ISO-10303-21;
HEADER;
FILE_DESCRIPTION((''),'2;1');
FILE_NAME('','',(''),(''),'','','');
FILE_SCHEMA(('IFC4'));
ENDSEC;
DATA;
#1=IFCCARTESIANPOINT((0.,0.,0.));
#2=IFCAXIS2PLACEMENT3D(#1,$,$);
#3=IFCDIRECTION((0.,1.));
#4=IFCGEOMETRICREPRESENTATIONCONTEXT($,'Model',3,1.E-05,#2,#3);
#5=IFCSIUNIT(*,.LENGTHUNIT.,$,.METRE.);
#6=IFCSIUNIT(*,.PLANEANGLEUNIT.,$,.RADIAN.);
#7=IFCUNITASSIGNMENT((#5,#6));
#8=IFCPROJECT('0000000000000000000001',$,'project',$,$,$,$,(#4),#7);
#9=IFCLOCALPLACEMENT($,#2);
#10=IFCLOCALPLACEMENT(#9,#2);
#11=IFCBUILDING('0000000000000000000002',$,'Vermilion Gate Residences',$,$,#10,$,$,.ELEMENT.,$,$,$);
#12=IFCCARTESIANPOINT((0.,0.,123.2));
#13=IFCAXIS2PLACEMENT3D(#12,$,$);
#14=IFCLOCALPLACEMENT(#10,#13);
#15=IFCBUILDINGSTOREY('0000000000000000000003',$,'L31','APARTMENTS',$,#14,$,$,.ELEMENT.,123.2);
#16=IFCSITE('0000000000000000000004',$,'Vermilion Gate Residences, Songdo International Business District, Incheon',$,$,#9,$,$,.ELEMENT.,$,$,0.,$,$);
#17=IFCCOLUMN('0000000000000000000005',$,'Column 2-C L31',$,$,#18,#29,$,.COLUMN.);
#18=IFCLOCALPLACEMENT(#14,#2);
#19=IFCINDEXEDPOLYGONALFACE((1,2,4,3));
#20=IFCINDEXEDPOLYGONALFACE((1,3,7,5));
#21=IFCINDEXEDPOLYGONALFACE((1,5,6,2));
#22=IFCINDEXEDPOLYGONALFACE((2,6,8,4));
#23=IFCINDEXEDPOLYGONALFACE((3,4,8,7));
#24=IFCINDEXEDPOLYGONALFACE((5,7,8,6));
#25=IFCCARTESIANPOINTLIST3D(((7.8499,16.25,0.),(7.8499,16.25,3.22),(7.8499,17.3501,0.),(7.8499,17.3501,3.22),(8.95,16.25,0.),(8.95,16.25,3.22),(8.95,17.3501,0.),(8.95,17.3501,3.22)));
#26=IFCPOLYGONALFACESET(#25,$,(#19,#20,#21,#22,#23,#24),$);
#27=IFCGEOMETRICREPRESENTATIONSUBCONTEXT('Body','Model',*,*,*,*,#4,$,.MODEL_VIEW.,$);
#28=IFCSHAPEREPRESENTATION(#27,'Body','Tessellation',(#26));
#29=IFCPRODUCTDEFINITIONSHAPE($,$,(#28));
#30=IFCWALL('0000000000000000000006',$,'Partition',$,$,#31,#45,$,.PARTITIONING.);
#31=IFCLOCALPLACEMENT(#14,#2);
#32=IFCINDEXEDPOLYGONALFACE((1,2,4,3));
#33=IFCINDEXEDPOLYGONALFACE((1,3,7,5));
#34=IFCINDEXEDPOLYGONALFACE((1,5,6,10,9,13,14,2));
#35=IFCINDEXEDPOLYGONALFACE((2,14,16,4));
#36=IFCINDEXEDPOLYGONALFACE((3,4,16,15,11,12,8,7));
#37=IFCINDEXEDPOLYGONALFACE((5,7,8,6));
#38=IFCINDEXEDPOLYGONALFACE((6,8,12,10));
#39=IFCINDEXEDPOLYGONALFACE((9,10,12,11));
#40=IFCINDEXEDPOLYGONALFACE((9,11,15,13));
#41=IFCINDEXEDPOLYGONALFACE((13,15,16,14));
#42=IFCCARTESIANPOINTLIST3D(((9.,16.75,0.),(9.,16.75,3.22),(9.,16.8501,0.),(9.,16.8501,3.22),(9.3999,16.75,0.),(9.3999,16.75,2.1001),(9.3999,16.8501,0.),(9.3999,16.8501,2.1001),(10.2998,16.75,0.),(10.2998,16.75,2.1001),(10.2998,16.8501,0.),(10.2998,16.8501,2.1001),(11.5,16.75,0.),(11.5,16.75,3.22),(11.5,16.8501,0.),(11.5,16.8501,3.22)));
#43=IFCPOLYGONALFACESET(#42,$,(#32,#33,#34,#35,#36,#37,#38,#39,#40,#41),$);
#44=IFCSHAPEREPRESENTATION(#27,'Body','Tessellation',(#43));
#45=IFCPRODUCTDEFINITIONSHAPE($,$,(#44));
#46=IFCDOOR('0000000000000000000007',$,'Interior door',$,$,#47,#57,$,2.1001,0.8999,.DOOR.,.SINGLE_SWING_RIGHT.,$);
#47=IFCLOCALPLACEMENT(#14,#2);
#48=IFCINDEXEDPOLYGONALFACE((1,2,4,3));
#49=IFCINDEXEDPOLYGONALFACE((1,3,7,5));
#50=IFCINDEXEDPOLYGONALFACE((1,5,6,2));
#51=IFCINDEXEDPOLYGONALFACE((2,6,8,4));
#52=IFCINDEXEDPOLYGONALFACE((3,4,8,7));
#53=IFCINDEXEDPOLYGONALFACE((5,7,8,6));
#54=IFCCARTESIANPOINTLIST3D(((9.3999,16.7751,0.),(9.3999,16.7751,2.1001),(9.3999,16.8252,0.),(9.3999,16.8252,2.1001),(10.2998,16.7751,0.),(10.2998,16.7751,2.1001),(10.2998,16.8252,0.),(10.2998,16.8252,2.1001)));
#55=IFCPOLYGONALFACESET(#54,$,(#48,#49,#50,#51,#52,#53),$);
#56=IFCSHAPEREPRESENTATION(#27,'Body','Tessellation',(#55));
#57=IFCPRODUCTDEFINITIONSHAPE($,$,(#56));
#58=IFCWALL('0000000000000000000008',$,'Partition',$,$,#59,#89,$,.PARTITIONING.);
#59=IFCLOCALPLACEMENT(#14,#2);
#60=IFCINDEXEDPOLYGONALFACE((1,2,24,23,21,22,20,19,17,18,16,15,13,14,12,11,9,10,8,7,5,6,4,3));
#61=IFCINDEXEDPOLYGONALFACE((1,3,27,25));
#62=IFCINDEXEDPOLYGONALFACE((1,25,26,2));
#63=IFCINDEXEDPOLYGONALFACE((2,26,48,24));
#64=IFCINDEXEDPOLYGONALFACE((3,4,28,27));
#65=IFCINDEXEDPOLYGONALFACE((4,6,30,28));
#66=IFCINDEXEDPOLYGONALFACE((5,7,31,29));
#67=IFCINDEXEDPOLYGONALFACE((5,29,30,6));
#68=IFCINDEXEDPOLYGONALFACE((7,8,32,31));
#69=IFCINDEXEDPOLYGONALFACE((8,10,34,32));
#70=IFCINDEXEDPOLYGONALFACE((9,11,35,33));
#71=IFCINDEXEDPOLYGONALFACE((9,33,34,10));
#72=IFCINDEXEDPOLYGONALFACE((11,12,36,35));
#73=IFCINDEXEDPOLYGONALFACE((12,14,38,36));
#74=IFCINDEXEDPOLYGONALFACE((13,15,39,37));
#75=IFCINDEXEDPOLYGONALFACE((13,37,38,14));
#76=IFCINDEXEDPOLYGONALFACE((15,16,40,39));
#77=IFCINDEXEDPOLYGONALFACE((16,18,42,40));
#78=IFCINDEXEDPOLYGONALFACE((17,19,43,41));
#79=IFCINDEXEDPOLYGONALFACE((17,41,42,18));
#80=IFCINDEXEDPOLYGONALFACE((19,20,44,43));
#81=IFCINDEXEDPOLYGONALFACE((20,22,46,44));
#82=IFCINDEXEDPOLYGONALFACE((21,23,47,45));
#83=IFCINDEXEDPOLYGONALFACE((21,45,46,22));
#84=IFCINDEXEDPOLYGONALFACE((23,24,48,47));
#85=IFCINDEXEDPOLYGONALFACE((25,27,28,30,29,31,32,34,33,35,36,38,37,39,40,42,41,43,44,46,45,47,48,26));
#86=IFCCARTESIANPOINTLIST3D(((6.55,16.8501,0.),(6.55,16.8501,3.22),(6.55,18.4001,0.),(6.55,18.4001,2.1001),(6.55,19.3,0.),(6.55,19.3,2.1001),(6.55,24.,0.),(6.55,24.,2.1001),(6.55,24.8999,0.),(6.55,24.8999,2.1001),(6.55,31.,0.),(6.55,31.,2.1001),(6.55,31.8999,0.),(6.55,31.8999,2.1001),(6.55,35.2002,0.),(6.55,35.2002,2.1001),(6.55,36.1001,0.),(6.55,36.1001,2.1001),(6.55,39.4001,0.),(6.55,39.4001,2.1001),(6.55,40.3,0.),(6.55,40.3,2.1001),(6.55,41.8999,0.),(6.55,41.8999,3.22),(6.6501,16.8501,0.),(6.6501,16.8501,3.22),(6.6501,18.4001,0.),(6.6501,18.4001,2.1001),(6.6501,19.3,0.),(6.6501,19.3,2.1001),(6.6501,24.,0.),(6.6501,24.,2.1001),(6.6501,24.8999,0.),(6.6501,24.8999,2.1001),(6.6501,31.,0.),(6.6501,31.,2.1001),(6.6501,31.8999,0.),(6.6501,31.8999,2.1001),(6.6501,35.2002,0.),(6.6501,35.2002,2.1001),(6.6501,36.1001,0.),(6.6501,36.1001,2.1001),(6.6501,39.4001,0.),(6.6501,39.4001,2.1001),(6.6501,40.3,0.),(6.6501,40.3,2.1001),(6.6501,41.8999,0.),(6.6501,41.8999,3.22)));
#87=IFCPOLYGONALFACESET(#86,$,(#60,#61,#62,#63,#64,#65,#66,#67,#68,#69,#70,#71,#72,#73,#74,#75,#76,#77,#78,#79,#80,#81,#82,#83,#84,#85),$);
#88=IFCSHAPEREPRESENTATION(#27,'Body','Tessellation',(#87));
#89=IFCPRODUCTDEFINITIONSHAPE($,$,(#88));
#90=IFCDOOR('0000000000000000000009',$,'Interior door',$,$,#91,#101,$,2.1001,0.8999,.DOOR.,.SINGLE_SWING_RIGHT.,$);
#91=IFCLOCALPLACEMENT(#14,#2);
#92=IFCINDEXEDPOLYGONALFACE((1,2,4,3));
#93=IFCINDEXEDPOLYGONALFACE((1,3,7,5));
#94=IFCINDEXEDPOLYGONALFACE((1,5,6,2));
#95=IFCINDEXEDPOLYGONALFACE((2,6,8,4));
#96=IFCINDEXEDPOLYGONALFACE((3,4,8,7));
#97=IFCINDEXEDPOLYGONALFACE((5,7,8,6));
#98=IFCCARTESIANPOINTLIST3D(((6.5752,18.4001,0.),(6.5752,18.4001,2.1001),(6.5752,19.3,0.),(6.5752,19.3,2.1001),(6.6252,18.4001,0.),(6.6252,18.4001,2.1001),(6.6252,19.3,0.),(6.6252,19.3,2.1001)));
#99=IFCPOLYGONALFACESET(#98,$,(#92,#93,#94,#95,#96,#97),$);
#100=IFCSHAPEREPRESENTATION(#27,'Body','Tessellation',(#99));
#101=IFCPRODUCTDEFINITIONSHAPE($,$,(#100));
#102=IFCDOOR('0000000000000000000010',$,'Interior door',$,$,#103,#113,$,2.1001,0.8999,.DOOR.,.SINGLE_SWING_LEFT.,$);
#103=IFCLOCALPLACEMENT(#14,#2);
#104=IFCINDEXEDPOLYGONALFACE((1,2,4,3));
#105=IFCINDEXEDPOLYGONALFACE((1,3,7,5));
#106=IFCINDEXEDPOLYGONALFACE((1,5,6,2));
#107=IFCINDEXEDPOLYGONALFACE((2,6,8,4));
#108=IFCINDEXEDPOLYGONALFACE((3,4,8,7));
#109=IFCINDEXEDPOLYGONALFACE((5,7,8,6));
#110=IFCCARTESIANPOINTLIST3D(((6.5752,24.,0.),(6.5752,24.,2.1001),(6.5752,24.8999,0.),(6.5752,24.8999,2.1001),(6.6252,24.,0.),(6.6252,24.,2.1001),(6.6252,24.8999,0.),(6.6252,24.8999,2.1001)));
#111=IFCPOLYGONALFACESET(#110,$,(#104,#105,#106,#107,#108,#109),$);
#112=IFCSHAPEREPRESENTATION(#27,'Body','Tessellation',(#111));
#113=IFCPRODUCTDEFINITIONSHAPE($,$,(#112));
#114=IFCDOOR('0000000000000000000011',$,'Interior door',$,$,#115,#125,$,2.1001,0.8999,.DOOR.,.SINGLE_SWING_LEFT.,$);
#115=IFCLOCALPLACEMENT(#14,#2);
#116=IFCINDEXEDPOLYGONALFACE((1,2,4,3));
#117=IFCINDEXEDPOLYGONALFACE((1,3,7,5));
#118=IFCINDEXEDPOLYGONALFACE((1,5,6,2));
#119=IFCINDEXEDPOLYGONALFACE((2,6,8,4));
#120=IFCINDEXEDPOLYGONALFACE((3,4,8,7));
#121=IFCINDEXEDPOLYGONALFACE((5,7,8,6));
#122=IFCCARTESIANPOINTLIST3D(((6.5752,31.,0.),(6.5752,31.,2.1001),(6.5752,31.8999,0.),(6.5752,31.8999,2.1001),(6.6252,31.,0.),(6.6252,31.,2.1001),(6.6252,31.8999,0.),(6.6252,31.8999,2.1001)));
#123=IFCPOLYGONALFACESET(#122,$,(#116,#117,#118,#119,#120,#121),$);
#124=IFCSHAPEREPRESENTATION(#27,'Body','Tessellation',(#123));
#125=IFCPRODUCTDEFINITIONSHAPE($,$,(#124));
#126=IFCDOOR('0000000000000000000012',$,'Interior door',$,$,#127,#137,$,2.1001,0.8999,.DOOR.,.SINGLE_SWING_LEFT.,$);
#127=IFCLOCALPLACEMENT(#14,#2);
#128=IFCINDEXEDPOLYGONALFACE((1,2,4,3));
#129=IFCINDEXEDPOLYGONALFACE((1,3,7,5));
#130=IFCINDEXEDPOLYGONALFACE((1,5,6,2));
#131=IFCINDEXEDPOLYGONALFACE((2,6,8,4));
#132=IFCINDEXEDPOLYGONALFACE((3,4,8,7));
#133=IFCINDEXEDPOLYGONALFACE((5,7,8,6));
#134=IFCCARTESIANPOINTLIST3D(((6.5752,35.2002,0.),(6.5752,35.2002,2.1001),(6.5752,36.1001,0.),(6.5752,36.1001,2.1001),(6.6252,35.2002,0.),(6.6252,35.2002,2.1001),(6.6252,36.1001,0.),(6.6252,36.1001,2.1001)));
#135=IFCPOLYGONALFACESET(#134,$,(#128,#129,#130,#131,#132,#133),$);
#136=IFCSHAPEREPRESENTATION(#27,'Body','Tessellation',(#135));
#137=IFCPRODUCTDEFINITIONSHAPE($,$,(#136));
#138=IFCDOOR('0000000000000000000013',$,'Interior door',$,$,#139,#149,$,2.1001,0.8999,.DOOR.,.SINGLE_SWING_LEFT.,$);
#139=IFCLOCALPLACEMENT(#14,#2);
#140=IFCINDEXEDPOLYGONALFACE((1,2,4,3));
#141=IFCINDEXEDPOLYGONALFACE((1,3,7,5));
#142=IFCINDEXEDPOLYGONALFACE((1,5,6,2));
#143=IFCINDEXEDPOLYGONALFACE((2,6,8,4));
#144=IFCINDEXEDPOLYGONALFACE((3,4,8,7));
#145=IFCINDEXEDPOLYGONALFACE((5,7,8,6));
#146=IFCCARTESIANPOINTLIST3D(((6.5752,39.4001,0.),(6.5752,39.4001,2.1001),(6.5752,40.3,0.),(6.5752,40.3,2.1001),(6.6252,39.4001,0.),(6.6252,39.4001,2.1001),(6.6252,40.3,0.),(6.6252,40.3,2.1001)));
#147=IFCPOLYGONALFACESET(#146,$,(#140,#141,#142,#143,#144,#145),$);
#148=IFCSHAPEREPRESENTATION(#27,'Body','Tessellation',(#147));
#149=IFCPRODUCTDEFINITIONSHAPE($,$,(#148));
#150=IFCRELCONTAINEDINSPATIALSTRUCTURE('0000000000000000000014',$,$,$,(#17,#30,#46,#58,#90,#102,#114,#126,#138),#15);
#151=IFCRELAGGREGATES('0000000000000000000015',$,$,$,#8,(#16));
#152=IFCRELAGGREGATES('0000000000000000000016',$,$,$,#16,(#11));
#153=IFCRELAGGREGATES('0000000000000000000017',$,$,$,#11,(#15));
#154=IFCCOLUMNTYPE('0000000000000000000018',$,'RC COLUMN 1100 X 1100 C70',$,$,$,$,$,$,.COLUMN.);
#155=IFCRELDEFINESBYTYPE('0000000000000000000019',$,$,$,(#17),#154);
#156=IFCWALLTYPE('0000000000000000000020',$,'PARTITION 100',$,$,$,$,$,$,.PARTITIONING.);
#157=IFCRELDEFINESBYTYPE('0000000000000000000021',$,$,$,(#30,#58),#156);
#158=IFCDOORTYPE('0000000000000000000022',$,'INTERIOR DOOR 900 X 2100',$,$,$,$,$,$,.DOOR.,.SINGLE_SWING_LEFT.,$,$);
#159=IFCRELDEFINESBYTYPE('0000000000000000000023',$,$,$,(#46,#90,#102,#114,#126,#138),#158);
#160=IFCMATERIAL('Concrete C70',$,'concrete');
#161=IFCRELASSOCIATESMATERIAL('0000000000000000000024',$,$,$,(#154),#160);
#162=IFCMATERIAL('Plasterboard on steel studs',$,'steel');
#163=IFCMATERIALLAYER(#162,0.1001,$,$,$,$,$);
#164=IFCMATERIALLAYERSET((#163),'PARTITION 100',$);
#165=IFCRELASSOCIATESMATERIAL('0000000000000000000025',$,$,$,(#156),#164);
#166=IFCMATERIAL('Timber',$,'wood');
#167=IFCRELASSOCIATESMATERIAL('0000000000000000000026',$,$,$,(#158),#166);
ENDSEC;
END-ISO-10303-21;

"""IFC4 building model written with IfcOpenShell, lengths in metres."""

from ifc_helpers import new_model, si_unit, direction, frame, frame_2d, origin, origin_2d, place, context, subcontext, project, spatial, rectangle, extrude, material, layer, layer_set, material_profile, profile_set, type_object, element, fill, save


model = new_model("IFC4")

# Units and contexts
model_context = context("Model", 3, precision=1e-05, world=origin(), true_north=direction((0.0, 1.0)))
body_context = subcontext(model_context, "Body", "Model", "MODEL_VIEW")
ifc_project = project(units=[si_unit("LENGTHUNIT", "METRE"), si_unit("PLANEANGLEUNIT", "RADIAN")], contexts=[model_context])

# Site, building, storey
site_placement = place(None, origin())
site = spatial("IfcSite", under=ifc_project, at=site_placement, Name="Vermilion Gate Residences, Songdo International Business District, Incheon", CompositionType="ELEMENT", RefElevation=0.0)
building_placement = place(site_placement, origin())
building = spatial("IfcBuilding", under=site, at=building_placement, Name="Vermilion Gate Residences", CompositionType="ELEMENT")
storey_placement = place(building_placement, frame((0.0, 0.0, 123.2)))
storey = spatial("IfcBuildingStorey", under=building, at=storey_placement, Name="L31", Description="APARTMENTS", CompositionType="ELEMENT", Elevation=123.2)

# Column
ifc_material_1 = material(Name="Concrete C70", Category="concrete")
ifc_material_profile = material_profile(ifc_material_1, rectangle(XDim=1.1001, YDim=1.1001, at=origin_2d()), Name="RC-1100x1100")
ifc_profile_set = profile_set([ifc_material_profile], Name="Concrete C70")
column_type = type_object("IfcColumnType", Name="RC COLUMN 1100 X 1100 C70", PredefinedType="COLUMN", material=ifc_profile_set)
column_placement = place(storey_placement, frame((8.3999, 16.8, 0.0), z_axis=(0.0, 0.0, 1.0), x_axis=(1.0, 0.0, 0.0)))
element("IfcColumn", 1, at=column_placement, inside=storey, type_object=column_type, Name="Column 2-C L31", PredefinedType="COLUMN", context=body_context, shape_type="SweptSolid", body=[
    extrude(rectangle(XDim=1.1001, YDim=1.1001, at=origin_2d()), origin(), (0.0, 0.0, 1.0), 3.22),
])

# Wall, opening, door
ifc_material_2 = material(Name="Plasterboard on steel studs", Category="steel")
ifc_layer_1 = layer(ifc_material_2, 0.1001)
ifc_layer_set_1 = layer_set([ifc_layer_1], Name="PARTITION 100")
wall_type_1 = type_object("IfcWallType", Name="PARTITION 100", PredefinedType="PARTITIONING", material=ifc_layer_set_1)
wall_1_placement = place(storey_placement, frame((9.0, 16.8, 0.0), z_axis=(0.0, 0.0, 1.0), x_axis=(1.0, 0.0, 0.0)))
wall_1 = element("IfcWall", 2, at=wall_1_placement, inside=storey, type_object=wall_type_1, Name="Partition", PredefinedType="PARTITIONING", context=body_context, shape_type="SweptSolid", body=[
    extrude(rectangle(XDim=2.5, YDim=0.1001, at=frame_2d((1.25, 0.0))), origin(), (0.0, 0.0, 1.0), 3.22),
])
opening_1_placement = place(wall_1_placement, frame((0.3999, 0.0, 0.0)))
opening_1 = element("IfcOpeningElement", 3, at=opening_1_placement, cuts=wall_1, PredefinedType="OPENING", context=body_context, shape_type="SweptSolid", body=[
    extrude(rectangle(XDim=0.8999, YDim=2.1001, at=frame_2d((0.45, 1.05))), frame((0.0, 0.0601, 0.0), z_axis=(0.0, -1.0, 0.0), x_axis=(1.0, 0.0, 0.0)), (0.0, 0.0, 1.0), 0.1201),
])
ifc_material_3 = material(Name="Timber", Category="wood")
door_type_1 = type_object("IfcDoorType", Name="INTERIOR DOOR 900 X 2100", OperationType="SINGLE_SWING_LEFT", PredefinedType="DOOR", material=ifc_material_3)
door_1_placement = place(opening_1_placement, frame((0.8999, 0.0, 0.0), z_axis=(0.0, 0.0, 1.0), x_axis=(-1.0, 0.0, 0.0)))
door_1 = element("IfcDoor", 4, at=door_1_placement, inside=storey, type_object=door_type_1, Name="Interior door", OperationType="SINGLE_SWING_RIGHT", OverallHeight=2.1001, OverallWidth=0.8999, PredefinedType="DOOR", context=body_context, shape_type="SweptSolid", body=[
    extrude(rectangle(XDim=0.8999, YDim=2.1001, at=frame_2d((0.45, 1.05))), frame((0.0, 0.0249, 0.0), z_axis=(0.0, -1.0, 0.0), x_axis=(1.0, 0.0, 0.0)), (0.0, 0.0, 1.0), 0.05),
])
fill(opening_1, door_1)

# Wall, openings, doors
wall_2_placement = place(storey_placement, frame((6.6001, 16.8501, 0.0), z_axis=(0.0, 0.0, 1.0), x_axis=(0.0, 1.0, 0.0)))
wall_2 = element("IfcWall", 5, at=wall_2_placement, inside=storey, type_object=wall_type_1, Name="Partition", PredefinedType="PARTITIONING", context=body_context, shape_type="SweptSolid", body=[
    extrude(rectangle(XDim=25.0498, YDim=0.1001, at=frame_2d((12.5249, 0.0))), origin(), (0.0, 0.0, 1.0), 3.22),
])
opening_2_placement = place(wall_2_placement, frame((1.55, 0.0, 0.0)))
opening_2 = element("IfcOpeningElement", 6, at=opening_2_placement, cuts=wall_2, PredefinedType="OPENING", context=body_context, shape_type="SweptSolid", body=[
    extrude(rectangle(XDim=0.8999, YDim=2.1001, at=frame_2d((0.45, 1.05))), frame((0.0, 0.0601, 0.0), z_axis=(0.0, -1.0, 0.0), x_axis=(1.0, 0.0, 0.0)), (0.0, 0.0, 1.0), 0.1201),
])
opening_3_placement = place(wall_2_placement, frame((7.1499, 0.0, 0.0)))
opening_3 = element("IfcOpeningElement", 7, at=opening_3_placement, cuts=wall_2, PredefinedType="OPENING", context=body_context, shape_type="SweptSolid", body=[
    extrude(rectangle(XDim=0.8999, YDim=2.1001, at=frame_2d((0.45, 1.05))), frame((0.0, 0.0601, 0.0), z_axis=(0.0, -1.0, 0.0), x_axis=(1.0, 0.0, 0.0)), (0.0, 0.0, 1.0), 0.1201),
])
opening_4_placement = place(wall_2_placement, frame((14.1499, 0.0, 0.0)))
opening_4 = element("IfcOpeningElement", 8, at=opening_4_placement, cuts=wall_2, PredefinedType="OPENING", context=body_context, shape_type="SweptSolid", body=[
    extrude(rectangle(XDim=0.8999, YDim=2.1001, at=frame_2d((0.45, 1.05))), frame((0.0, 0.0601, 0.0), z_axis=(0.0, -1.0, 0.0), x_axis=(1.0, 0.0, 0.0)), (0.0, 0.0, 1.0), 0.1201),
])
opening_5_placement = place(wall_2_placement, frame((18.3501, 0.0, 0.0)))
opening_5 = element("IfcOpeningElement", 9, at=opening_5_placement, cuts=wall_2, PredefinedType="OPENING", context=body_context, shape_type="SweptSolid", body=[
    extrude(rectangle(XDim=0.8999, YDim=2.1001, at=frame_2d((0.45, 1.05))), frame((0.0, 0.0601, 0.0), z_axis=(0.0, -1.0, 0.0), x_axis=(1.0, 0.0, 0.0)), (0.0, 0.0, 1.0), 0.1201),
])
opening_6_placement = place(wall_2_placement, frame((22.55, 0.0, 0.0)))
opening_6 = element("IfcOpeningElement", 10, at=opening_6_placement, cuts=wall_2, PredefinedType="OPENING", context=body_context, shape_type="SweptSolid", body=[
    extrude(rectangle(XDim=0.8999, YDim=2.1001, at=frame_2d((0.45, 1.05))), frame((0.0, 0.0601, 0.0), z_axis=(0.0, -1.0, 0.0), x_axis=(1.0, 0.0, 0.0)), (0.0, 0.0, 1.0), 0.1201),
])
door_2_placement = place(opening_2_placement, origin())
door_2 = element("IfcDoor", 11, at=door_2_placement, inside=storey, type_object=door_type_1, Name="Interior door", OperationType="SINGLE_SWING_RIGHT", OverallHeight=2.1001, OverallWidth=0.8999, PredefinedType="DOOR", context=body_context, shape_type="SweptSolid", body=[
    extrude(rectangle(XDim=0.8999, YDim=2.1001, at=frame_2d((0.45, 1.05))), frame((0.0, 0.0249, 0.0), z_axis=(0.0, -1.0, 0.0), x_axis=(1.0, 0.0, 0.0)), (0.0, 0.0, 1.0), 0.05),
])
fill(opening_2, door_2)
door_3_placement = place(opening_3_placement, origin())
door_3 = element("IfcDoor", 12, at=door_3_placement, inside=storey, type_object=door_type_1, Name="Interior door", OperationType="SINGLE_SWING_LEFT", OverallHeight=2.1001, OverallWidth=0.8999, PredefinedType="DOOR", context=body_context, shape_type="SweptSolid", body=[
    extrude(rectangle(XDim=0.8999, YDim=2.1001, at=frame_2d((0.45, 1.05))), frame((0.0, 0.0249, 0.0), z_axis=(0.0, -1.0, 0.0), x_axis=(1.0, 0.0, 0.0)), (0.0, 0.0, 1.0), 0.05),
])
fill(opening_3, door_3)
door_4_placement = place(opening_4_placement, origin())
door_4 = element("IfcDoor", 13, at=door_4_placement, inside=storey, type_object=door_type_1, Name="Interior door", OperationType="SINGLE_SWING_LEFT", OverallHeight=2.1001, OverallWidth=0.8999, PredefinedType="DOOR", context=body_context, shape_type="SweptSolid", body=[
    extrude(rectangle(XDim=0.8999, YDim=2.1001, at=frame_2d((0.45, 1.05))), frame((0.0, 0.0249, 0.0), z_axis=(0.0, -1.0, 0.0), x_axis=(1.0, 0.0, 0.0)), (0.0, 0.0, 1.0), 0.05),
])
fill(opening_4, door_4)
door_5_placement = place(opening_5_placement, origin())
door_5 = element("IfcDoor", 14, at=door_5_placement, inside=storey, type_object=door_type_1, Name="Interior door", OperationType="SINGLE_SWING_LEFT", OverallHeight=2.1001, OverallWidth=0.8999, PredefinedType="DOOR", context=body_context, shape_type="SweptSolid", body=[
    extrude(rectangle(XDim=0.8999, YDim=2.1001, at=frame_2d((0.45, 1.05))), frame((0.0, 0.0249, 0.0), z_axis=(0.0, -1.0, 0.0), x_axis=(1.0, 0.0, 0.0)), (0.0, 0.0, 1.0), 0.05),
])
fill(opening_5, door_5)
door_6_placement = place(opening_6_placement, origin())
door_6 = element("IfcDoor", 15, at=door_6_placement, inside=storey, type_object=door_type_1, Name="Interior door", OperationType="SINGLE_SWING_LEFT", OverallHeight=2.1001, OverallWidth=0.8999, PredefinedType="DOOR", context=body_context, shape_type="SweptSolid", body=[
    extrude(rectangle(XDim=0.8999, YDim=2.1001, at=frame_2d((0.45, 1.05))), frame((0.0, 0.0249, 0.0), z_axis=(0.0, -1.0, 0.0), x_axis=(1.0, 0.0, 0.0)), (0.0, 0.0, 1.0), 0.05),
])
fill(opening_6, door_6)

save(model, "model.ifc")
